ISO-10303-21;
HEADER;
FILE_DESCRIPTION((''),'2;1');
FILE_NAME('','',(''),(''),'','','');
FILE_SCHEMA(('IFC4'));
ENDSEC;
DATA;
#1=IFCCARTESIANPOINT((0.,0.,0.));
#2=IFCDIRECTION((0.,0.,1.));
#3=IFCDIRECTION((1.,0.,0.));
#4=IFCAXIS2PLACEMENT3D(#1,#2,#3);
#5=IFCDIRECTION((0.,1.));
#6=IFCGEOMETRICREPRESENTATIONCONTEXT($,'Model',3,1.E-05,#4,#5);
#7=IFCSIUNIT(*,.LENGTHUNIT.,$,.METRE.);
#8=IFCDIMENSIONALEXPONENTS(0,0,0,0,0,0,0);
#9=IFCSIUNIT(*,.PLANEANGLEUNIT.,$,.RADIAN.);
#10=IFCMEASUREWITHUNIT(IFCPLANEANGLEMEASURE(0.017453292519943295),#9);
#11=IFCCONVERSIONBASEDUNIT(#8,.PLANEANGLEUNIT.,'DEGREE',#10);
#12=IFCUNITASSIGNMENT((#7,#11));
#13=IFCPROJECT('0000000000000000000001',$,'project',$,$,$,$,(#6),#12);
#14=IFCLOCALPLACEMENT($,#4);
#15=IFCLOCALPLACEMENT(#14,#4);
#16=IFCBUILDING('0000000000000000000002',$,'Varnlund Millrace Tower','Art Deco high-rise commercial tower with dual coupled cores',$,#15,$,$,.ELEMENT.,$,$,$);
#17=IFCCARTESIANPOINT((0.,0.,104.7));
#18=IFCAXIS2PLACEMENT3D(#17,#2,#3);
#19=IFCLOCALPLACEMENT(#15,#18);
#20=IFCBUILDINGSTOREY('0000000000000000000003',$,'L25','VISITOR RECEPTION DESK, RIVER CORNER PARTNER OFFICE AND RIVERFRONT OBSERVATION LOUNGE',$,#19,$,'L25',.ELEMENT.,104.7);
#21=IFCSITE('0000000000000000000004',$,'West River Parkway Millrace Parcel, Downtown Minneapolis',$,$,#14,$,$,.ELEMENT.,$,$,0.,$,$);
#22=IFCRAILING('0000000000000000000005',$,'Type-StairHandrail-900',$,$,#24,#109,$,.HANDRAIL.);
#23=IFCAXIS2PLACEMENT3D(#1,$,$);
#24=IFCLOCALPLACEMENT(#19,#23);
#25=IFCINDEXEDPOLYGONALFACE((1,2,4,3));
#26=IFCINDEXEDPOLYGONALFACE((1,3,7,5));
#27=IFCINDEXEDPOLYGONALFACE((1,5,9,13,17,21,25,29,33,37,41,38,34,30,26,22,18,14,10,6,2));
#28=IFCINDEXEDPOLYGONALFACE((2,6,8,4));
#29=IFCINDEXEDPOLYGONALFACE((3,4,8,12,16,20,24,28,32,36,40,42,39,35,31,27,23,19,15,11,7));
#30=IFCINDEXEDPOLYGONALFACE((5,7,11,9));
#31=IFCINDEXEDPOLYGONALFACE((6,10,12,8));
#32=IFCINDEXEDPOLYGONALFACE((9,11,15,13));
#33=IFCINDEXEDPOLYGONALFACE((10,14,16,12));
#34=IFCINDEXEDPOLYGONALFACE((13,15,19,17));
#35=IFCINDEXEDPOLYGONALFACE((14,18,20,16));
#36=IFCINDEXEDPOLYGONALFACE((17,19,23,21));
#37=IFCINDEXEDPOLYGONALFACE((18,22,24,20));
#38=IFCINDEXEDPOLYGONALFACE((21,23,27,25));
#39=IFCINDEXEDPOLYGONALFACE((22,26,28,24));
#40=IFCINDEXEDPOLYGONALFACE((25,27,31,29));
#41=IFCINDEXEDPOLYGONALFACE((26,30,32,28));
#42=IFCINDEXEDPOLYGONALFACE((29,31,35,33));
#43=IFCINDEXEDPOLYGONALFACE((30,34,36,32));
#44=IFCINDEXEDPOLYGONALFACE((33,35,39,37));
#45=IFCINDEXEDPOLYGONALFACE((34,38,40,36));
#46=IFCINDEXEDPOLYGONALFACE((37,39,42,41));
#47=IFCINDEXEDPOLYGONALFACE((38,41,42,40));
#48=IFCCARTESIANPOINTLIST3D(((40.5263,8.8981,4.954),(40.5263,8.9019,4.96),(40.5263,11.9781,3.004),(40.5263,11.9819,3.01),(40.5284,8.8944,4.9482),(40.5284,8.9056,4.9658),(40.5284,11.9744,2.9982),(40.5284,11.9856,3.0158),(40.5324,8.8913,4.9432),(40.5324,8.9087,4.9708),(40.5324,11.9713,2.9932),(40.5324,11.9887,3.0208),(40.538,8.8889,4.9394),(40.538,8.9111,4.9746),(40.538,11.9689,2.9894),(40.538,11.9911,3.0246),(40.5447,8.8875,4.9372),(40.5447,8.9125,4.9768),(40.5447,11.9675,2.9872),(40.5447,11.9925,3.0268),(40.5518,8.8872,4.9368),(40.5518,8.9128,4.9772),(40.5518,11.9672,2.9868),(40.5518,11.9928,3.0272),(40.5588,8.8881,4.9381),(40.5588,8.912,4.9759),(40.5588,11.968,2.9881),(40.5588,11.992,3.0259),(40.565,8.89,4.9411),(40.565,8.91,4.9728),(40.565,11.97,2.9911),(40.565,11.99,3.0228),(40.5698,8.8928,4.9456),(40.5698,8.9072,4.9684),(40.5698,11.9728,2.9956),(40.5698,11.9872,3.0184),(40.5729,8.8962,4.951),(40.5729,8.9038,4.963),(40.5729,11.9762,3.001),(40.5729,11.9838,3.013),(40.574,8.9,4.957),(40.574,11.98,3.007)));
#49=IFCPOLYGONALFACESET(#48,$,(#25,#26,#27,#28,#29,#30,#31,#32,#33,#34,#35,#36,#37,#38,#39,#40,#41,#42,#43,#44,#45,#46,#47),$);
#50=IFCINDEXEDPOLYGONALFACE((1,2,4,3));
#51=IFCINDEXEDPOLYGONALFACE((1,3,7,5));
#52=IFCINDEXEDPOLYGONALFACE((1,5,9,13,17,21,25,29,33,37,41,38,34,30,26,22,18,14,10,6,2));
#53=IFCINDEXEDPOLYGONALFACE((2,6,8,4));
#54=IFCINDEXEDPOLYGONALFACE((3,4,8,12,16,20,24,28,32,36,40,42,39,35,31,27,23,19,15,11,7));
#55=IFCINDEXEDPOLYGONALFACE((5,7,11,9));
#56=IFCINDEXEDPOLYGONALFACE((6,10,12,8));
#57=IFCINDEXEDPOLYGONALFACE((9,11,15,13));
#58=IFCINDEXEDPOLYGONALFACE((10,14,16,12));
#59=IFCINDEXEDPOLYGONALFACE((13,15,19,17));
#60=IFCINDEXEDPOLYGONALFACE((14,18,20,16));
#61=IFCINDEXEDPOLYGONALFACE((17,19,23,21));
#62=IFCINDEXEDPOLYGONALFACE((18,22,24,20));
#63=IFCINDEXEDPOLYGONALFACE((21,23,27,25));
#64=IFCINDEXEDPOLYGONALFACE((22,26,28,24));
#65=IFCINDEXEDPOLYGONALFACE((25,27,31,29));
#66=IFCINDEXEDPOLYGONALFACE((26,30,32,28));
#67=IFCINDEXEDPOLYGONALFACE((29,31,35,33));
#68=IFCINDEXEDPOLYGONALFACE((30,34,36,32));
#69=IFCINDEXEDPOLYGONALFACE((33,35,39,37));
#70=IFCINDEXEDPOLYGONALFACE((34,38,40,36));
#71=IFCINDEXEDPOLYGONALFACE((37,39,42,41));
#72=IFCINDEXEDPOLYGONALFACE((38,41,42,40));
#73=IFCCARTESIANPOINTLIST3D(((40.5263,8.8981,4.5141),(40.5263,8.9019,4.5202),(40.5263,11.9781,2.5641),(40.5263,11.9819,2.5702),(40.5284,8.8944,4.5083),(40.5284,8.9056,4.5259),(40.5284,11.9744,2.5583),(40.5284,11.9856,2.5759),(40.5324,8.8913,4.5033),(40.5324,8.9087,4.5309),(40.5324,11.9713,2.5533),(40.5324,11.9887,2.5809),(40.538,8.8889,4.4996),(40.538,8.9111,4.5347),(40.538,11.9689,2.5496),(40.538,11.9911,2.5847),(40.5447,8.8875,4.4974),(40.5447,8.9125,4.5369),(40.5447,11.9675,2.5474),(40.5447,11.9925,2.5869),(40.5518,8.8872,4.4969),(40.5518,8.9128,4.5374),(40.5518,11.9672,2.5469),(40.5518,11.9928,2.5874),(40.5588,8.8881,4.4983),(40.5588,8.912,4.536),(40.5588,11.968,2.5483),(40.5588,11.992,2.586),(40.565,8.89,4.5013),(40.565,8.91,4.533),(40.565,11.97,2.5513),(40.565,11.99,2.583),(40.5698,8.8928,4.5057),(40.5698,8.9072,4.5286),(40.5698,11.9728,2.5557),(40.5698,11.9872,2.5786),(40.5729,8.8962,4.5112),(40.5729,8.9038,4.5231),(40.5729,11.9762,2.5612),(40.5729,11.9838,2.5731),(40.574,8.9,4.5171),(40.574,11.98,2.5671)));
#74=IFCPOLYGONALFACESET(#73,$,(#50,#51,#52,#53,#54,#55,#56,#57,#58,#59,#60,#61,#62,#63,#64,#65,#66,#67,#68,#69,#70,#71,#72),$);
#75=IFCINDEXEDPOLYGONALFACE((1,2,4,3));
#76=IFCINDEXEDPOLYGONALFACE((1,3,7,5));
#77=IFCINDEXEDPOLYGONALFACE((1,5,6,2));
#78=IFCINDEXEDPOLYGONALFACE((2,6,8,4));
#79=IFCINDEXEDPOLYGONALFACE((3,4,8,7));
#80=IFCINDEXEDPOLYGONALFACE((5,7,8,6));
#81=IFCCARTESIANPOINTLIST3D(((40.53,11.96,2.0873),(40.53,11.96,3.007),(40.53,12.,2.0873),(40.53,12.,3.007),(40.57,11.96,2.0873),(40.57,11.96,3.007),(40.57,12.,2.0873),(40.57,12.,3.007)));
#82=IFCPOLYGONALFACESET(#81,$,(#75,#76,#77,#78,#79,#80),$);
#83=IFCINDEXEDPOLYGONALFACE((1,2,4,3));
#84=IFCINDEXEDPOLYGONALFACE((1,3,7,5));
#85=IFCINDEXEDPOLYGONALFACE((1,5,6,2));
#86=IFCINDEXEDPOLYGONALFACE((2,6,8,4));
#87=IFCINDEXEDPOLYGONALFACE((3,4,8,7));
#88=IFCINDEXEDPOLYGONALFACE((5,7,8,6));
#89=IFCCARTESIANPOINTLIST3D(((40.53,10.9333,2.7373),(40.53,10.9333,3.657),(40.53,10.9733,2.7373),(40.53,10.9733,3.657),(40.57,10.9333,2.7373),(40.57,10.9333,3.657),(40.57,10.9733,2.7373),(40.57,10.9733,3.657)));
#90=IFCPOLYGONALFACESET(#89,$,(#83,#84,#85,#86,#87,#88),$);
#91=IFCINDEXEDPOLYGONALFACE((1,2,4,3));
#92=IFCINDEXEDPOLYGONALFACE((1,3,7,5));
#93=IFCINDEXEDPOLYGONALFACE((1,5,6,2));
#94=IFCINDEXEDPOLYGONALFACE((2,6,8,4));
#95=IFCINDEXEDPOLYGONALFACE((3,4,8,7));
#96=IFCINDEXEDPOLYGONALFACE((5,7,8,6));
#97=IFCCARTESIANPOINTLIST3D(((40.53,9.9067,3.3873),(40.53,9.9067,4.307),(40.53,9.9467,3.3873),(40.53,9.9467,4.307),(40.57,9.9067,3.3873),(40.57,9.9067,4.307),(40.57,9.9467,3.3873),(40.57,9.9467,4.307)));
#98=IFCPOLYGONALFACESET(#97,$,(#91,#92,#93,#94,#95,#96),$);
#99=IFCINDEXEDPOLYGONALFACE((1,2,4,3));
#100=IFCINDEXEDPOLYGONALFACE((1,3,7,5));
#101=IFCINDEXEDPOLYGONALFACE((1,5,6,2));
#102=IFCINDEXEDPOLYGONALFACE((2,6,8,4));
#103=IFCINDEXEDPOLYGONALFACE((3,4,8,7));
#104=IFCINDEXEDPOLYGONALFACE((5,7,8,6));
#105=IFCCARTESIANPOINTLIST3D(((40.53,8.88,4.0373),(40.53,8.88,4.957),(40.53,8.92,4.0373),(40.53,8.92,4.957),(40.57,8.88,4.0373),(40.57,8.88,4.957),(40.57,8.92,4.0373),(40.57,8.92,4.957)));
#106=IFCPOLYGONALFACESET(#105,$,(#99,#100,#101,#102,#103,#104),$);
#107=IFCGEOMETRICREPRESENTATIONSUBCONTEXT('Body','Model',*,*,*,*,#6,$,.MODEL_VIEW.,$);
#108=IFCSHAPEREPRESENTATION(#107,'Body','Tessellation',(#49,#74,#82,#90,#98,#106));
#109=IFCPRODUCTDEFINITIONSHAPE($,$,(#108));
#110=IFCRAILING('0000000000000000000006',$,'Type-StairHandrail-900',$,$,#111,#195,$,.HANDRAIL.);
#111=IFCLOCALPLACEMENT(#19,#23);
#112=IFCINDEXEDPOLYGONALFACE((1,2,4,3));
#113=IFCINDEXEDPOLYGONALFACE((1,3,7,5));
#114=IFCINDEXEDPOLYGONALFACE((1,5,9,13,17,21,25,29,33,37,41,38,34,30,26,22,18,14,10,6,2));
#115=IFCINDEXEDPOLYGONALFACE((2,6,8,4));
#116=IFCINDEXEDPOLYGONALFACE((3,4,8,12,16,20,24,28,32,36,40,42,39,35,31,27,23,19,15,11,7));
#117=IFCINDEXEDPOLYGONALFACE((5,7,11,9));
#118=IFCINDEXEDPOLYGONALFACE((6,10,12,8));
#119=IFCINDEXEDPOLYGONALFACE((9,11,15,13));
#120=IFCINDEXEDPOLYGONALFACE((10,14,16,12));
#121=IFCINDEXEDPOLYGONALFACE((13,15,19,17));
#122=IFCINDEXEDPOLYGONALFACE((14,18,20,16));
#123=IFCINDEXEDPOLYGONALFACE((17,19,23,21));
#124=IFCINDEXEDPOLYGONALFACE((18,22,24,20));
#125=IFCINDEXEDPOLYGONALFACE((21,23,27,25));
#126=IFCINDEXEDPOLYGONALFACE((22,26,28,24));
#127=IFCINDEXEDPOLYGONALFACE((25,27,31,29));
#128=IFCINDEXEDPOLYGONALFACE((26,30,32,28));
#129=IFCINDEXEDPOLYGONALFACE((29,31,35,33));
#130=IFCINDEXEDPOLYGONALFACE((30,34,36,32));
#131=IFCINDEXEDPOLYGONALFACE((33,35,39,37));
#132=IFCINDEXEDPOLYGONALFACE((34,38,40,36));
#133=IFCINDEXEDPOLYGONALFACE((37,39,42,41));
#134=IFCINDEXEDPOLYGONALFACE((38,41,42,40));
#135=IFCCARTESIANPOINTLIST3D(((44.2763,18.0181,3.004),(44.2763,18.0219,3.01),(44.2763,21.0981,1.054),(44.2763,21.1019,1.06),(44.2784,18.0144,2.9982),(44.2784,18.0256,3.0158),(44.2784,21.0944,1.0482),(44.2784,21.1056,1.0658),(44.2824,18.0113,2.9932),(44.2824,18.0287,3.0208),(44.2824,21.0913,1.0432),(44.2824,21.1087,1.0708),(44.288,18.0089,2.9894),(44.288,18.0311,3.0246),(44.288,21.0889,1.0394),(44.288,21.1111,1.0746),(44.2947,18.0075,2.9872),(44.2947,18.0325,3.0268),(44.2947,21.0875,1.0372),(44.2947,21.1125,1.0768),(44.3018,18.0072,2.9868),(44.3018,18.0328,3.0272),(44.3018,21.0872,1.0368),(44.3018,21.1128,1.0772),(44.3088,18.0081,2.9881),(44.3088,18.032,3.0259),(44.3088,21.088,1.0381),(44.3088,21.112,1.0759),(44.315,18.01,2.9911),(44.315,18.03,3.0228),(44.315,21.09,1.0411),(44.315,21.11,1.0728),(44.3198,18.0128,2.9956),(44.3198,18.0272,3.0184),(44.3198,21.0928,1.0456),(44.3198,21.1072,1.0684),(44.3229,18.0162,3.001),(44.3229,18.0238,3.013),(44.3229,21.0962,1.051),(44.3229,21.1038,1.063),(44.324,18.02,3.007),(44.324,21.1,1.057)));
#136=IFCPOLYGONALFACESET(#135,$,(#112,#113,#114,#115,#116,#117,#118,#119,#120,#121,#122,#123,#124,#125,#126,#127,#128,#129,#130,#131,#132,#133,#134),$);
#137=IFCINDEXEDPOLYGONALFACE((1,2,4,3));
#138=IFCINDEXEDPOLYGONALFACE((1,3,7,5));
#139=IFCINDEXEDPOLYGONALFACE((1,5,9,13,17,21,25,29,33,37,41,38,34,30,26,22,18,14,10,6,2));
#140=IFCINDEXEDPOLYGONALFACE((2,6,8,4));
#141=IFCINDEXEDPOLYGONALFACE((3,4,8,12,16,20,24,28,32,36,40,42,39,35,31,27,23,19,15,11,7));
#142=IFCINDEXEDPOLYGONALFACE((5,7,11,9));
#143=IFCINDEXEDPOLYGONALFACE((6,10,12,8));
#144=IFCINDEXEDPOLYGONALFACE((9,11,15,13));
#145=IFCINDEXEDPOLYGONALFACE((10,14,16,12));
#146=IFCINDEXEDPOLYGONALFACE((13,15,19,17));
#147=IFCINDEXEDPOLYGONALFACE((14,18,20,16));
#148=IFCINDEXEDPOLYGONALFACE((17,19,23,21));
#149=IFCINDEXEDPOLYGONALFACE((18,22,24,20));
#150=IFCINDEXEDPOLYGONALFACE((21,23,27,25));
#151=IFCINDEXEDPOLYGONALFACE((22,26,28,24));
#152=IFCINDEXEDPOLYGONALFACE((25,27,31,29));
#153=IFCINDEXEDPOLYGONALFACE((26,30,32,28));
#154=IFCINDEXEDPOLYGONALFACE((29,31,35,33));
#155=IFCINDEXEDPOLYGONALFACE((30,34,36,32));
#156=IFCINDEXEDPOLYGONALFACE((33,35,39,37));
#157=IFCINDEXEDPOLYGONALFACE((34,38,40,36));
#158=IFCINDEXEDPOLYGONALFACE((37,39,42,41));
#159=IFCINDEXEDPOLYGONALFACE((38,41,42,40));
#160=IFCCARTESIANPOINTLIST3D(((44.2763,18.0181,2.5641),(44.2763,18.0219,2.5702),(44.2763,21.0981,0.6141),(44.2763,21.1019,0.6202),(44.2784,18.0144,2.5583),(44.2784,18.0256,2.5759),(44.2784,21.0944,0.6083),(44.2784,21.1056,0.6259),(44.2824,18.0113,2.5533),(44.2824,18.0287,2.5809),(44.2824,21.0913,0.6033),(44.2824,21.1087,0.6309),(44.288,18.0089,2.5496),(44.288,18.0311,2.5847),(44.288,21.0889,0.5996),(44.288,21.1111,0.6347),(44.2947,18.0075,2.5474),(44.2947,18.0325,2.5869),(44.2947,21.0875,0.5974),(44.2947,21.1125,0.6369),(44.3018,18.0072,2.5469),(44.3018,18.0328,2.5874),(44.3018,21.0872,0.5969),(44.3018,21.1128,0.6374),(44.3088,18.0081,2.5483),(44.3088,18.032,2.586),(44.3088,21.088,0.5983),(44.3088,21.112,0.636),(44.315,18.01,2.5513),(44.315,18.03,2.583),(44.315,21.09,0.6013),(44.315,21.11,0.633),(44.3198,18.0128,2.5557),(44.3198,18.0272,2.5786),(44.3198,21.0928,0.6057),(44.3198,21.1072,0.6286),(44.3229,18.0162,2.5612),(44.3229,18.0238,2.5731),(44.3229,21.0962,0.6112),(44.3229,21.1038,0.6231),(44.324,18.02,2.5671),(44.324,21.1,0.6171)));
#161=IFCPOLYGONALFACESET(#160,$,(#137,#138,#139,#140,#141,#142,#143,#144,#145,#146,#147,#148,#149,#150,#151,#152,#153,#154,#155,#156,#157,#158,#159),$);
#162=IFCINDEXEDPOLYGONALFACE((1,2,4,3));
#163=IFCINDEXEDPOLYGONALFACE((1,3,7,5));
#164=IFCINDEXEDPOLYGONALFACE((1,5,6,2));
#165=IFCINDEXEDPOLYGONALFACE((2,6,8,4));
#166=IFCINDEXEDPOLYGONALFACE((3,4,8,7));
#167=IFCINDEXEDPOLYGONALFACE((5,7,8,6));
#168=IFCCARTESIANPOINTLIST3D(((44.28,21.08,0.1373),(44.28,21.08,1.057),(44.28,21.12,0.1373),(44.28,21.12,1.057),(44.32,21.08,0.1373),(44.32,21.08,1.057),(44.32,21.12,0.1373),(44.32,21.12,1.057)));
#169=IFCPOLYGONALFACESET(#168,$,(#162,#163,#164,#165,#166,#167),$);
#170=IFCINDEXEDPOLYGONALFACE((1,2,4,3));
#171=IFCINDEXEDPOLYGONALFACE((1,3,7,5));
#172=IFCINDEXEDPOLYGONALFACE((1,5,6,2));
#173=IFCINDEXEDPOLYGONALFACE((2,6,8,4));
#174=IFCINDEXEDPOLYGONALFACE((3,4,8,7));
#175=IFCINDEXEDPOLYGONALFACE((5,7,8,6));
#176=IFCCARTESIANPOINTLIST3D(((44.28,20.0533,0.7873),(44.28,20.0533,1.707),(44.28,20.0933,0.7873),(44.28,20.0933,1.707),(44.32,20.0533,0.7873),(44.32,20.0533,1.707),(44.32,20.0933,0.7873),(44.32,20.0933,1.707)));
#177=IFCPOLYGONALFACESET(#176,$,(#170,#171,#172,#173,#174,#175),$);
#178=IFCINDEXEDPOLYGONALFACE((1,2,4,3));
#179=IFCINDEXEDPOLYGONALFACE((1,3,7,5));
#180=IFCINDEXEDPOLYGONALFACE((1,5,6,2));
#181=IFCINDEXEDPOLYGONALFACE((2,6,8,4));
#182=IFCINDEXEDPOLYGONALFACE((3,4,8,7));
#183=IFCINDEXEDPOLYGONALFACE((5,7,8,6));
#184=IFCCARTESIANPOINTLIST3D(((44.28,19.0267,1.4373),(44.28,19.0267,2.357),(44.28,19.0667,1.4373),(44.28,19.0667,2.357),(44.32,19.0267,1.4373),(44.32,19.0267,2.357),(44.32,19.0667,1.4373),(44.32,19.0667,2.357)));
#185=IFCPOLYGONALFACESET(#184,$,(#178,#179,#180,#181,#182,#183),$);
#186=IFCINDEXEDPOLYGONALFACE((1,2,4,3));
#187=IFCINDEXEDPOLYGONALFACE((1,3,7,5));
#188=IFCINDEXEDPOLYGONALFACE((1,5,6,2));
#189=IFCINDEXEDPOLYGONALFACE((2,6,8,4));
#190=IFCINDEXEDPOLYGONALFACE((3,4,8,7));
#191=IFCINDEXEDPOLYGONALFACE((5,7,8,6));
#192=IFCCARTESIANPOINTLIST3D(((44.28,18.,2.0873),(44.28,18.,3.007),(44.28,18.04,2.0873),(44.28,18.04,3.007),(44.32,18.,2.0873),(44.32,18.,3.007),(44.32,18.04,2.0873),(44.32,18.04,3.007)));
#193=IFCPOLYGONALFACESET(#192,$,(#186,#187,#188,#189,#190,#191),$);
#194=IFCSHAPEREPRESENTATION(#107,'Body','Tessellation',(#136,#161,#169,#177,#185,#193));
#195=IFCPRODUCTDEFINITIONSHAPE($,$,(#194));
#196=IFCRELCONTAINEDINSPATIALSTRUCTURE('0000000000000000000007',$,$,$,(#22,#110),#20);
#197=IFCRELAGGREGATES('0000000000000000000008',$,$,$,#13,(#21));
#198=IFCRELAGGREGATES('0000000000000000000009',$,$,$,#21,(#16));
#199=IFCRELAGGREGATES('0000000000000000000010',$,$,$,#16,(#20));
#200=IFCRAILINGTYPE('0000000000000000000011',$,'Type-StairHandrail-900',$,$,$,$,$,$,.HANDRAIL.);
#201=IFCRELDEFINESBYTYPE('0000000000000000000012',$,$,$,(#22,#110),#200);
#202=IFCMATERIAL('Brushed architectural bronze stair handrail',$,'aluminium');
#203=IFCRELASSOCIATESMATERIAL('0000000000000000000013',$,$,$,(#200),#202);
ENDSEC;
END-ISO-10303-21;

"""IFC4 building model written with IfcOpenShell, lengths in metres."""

from ifc_helpers import new_model, entity, si_unit, converted_unit, direction, frame, origin_with_axes, origin_2d_with_axis, place, context, subcontext, project, spatial, rectangle, circle, extrude, material, type_object, element, save


model = new_model("IFC4")

# Units and contexts
model_context = context("Model", 3, precision=1e-05, world=origin_with_axes(), true_north=direction((0.0, 1.0)))
body_context = subcontext(model_context, "Body", "Model", "MODEL_VIEW")
ifc_project = project(units=[si_unit("LENGTHUNIT", "METRE"), converted_unit("PLANEANGLEUNIT", "DEGREE", entity("IfcPlaneAngleMeasure", 0.017453292519943295), si_unit("PLANEANGLEUNIT", "RADIAN"), dimensions=[0, 0, 0, 0, 0, 0, 0])], contexts=[model_context])

# Site, building, storey
site_placement = place(None, origin_with_axes())
site = spatial("IfcSite", under=ifc_project, at=site_placement, Name="West River Parkway Millrace Parcel, Downtown Minneapolis", CompositionType="ELEMENT", RefElevation=0.0)
building_placement = place(site_placement, origin_with_axes())
building = spatial("IfcBuilding", under=site, at=building_placement, Name="Varnlund Millrace Tower", Description="Art Deco high-rise commercial tower with dual coupled cores", CompositionType="ELEMENT")
storey_placement = place(building_placement, frame((0.0, 0.0, 104.7), z_axis=(0.0, 0.0, 1.0), x_axis=(1.0, 0.0, 0.0)))
storey = spatial("IfcBuildingStorey", under=building, at=storey_placement, Name="L25", Description="VISITOR RECEPTION DESK, RIVER CORNER PARTNER OFFICE AND RIVERFRONT OBSERVATION LOUNGE", LongName="L25", CompositionType="ELEMENT", Elevation=104.7)

# Railings
ifc_material_1 = material(Name="Brushed architectural bronze stair handrail", Category="aluminium")
railing_type_1 = type_object("IfcRailingType", Name="Type-StairHandrail-900", PredefinedType="HANDRAIL", material=ifc_material_1)
railing_1_placement = place(storey_placement, frame((0.0, 0.0, -104.7), z_axis=(0.0, 0.0, 1.0), x_axis=(1.0, 0.0, 0.0)))
element("IfcRailing", 1, at=railing_1_placement, inside=storey, type_object=railing_type_1, Name="Type-StairHandrail-900", PredefinedType="HANDRAIL", context=body_context, shape_type="SweptSolid", body=[
    extrude(circle(Radius=0.024, at=origin_2d_with_axis()), frame((40.55, 11.98, 107.707), z_axis=(0.0, -0.844902, 0.534922), x_axis=(1.0, 0.0, 0.0)), (0.0, 0.0, 1.0), 3.6454),
    extrude(circle(Radius=0.024, at=origin_2d_with_axis()), frame((40.55, 11.98, 107.2671), z_axis=(0.0, -0.844902, 0.534922), x_axis=(1.0, 0.0, 0.0)), (0.0, 0.0, 1.0), 3.6454),
    extrude(rectangle(XDim=0.04, YDim=0.04, at=origin_2d_with_axis()), frame((40.55, 11.98, 106.7873), z_axis=(0.0, 0.0, 1.0), x_axis=(1.0, 0.0, 0.0)), (0.0, 0.0, 1.0), 0.9197),
    extrude(rectangle(XDim=0.04, YDim=0.04, at=origin_2d_with_axis()), frame((40.55, 10.9533, 107.4373), z_axis=(0.0, 0.0, 1.0), x_axis=(1.0, 0.0, 0.0)), (0.0, 0.0, 1.0), 0.9197),
    extrude(rectangle(XDim=0.04, YDim=0.04, at=origin_2d_with_axis()), frame((40.55, 9.9267, 108.0873), z_axis=(0.0, 0.0, 1.0), x_axis=(1.0, 0.0, 0.0)), (0.0, 0.0, 1.0), 0.9197),
    extrude(rectangle(XDim=0.04, YDim=0.04, at=origin_2d_with_axis()), frame((40.55, 8.9, 108.7373), z_axis=(0.0, 0.0, 1.0), x_axis=(1.0, 0.0, 0.0)), (0.0, 0.0, 1.0), 0.9197),
])
railing_2_placement = place(storey_placement, frame((0.0, 0.0, -104.7), z_axis=(0.0, 0.0, 1.0), x_axis=(1.0, 0.0, 0.0)))
element("IfcRailing", 2, at=railing_2_placement, inside=storey, type_object=railing_type_1, Name="Type-StairHandrail-900", PredefinedType="HANDRAIL", context=body_context, shape_type="SweptSolid", body=[
    extrude(circle(Radius=0.024, at=origin_2d_with_axis()), frame((44.3, 21.1, 105.757), z_axis=(0.0, -0.844902, 0.534922), x_axis=(1.0, 0.0, 0.0)), (0.0, 0.0, 1.0), 3.6454),
    extrude(circle(Radius=0.024, at=origin_2d_with_axis()), frame((44.3, 21.1, 105.3171), z_axis=(0.0, -0.844902, 0.534922), x_axis=(1.0, 0.0, 0.0)), (0.0, 0.0, 1.0), 3.6454),
    extrude(rectangle(XDim=0.04, YDim=0.04, at=origin_2d_with_axis()), frame((44.3, 21.1, 104.8373), z_axis=(0.0, 0.0, 1.0), x_axis=(1.0, 0.0, 0.0)), (0.0, 0.0, 1.0), 0.9197),
    extrude(rectangle(XDim=0.04, YDim=0.04, at=origin_2d_with_axis()), frame((44.3, 20.0733, 105.4873), z_axis=(0.0, 0.0, 1.0), x_axis=(1.0, 0.0, 0.0)), (0.0, 0.0, 1.0), 0.9197),
    extrude(rectangle(XDim=0.04, YDim=0.04, at=origin_2d_with_axis()), frame((44.3, 19.0467, 106.1373), z_axis=(0.0, 0.0, 1.0), x_axis=(1.0, 0.0, 0.0)), (0.0, 0.0, 1.0), 0.9197),
    extrude(rectangle(XDim=0.04, YDim=0.04, at=origin_2d_with_axis()), frame((44.3, 18.02, 106.7873), z_axis=(0.0, 0.0, 1.0), x_axis=(1.0, 0.0, 0.0)), (0.0, 0.0, 1.0), 0.9197),
])

save(model, "model.ifc")
